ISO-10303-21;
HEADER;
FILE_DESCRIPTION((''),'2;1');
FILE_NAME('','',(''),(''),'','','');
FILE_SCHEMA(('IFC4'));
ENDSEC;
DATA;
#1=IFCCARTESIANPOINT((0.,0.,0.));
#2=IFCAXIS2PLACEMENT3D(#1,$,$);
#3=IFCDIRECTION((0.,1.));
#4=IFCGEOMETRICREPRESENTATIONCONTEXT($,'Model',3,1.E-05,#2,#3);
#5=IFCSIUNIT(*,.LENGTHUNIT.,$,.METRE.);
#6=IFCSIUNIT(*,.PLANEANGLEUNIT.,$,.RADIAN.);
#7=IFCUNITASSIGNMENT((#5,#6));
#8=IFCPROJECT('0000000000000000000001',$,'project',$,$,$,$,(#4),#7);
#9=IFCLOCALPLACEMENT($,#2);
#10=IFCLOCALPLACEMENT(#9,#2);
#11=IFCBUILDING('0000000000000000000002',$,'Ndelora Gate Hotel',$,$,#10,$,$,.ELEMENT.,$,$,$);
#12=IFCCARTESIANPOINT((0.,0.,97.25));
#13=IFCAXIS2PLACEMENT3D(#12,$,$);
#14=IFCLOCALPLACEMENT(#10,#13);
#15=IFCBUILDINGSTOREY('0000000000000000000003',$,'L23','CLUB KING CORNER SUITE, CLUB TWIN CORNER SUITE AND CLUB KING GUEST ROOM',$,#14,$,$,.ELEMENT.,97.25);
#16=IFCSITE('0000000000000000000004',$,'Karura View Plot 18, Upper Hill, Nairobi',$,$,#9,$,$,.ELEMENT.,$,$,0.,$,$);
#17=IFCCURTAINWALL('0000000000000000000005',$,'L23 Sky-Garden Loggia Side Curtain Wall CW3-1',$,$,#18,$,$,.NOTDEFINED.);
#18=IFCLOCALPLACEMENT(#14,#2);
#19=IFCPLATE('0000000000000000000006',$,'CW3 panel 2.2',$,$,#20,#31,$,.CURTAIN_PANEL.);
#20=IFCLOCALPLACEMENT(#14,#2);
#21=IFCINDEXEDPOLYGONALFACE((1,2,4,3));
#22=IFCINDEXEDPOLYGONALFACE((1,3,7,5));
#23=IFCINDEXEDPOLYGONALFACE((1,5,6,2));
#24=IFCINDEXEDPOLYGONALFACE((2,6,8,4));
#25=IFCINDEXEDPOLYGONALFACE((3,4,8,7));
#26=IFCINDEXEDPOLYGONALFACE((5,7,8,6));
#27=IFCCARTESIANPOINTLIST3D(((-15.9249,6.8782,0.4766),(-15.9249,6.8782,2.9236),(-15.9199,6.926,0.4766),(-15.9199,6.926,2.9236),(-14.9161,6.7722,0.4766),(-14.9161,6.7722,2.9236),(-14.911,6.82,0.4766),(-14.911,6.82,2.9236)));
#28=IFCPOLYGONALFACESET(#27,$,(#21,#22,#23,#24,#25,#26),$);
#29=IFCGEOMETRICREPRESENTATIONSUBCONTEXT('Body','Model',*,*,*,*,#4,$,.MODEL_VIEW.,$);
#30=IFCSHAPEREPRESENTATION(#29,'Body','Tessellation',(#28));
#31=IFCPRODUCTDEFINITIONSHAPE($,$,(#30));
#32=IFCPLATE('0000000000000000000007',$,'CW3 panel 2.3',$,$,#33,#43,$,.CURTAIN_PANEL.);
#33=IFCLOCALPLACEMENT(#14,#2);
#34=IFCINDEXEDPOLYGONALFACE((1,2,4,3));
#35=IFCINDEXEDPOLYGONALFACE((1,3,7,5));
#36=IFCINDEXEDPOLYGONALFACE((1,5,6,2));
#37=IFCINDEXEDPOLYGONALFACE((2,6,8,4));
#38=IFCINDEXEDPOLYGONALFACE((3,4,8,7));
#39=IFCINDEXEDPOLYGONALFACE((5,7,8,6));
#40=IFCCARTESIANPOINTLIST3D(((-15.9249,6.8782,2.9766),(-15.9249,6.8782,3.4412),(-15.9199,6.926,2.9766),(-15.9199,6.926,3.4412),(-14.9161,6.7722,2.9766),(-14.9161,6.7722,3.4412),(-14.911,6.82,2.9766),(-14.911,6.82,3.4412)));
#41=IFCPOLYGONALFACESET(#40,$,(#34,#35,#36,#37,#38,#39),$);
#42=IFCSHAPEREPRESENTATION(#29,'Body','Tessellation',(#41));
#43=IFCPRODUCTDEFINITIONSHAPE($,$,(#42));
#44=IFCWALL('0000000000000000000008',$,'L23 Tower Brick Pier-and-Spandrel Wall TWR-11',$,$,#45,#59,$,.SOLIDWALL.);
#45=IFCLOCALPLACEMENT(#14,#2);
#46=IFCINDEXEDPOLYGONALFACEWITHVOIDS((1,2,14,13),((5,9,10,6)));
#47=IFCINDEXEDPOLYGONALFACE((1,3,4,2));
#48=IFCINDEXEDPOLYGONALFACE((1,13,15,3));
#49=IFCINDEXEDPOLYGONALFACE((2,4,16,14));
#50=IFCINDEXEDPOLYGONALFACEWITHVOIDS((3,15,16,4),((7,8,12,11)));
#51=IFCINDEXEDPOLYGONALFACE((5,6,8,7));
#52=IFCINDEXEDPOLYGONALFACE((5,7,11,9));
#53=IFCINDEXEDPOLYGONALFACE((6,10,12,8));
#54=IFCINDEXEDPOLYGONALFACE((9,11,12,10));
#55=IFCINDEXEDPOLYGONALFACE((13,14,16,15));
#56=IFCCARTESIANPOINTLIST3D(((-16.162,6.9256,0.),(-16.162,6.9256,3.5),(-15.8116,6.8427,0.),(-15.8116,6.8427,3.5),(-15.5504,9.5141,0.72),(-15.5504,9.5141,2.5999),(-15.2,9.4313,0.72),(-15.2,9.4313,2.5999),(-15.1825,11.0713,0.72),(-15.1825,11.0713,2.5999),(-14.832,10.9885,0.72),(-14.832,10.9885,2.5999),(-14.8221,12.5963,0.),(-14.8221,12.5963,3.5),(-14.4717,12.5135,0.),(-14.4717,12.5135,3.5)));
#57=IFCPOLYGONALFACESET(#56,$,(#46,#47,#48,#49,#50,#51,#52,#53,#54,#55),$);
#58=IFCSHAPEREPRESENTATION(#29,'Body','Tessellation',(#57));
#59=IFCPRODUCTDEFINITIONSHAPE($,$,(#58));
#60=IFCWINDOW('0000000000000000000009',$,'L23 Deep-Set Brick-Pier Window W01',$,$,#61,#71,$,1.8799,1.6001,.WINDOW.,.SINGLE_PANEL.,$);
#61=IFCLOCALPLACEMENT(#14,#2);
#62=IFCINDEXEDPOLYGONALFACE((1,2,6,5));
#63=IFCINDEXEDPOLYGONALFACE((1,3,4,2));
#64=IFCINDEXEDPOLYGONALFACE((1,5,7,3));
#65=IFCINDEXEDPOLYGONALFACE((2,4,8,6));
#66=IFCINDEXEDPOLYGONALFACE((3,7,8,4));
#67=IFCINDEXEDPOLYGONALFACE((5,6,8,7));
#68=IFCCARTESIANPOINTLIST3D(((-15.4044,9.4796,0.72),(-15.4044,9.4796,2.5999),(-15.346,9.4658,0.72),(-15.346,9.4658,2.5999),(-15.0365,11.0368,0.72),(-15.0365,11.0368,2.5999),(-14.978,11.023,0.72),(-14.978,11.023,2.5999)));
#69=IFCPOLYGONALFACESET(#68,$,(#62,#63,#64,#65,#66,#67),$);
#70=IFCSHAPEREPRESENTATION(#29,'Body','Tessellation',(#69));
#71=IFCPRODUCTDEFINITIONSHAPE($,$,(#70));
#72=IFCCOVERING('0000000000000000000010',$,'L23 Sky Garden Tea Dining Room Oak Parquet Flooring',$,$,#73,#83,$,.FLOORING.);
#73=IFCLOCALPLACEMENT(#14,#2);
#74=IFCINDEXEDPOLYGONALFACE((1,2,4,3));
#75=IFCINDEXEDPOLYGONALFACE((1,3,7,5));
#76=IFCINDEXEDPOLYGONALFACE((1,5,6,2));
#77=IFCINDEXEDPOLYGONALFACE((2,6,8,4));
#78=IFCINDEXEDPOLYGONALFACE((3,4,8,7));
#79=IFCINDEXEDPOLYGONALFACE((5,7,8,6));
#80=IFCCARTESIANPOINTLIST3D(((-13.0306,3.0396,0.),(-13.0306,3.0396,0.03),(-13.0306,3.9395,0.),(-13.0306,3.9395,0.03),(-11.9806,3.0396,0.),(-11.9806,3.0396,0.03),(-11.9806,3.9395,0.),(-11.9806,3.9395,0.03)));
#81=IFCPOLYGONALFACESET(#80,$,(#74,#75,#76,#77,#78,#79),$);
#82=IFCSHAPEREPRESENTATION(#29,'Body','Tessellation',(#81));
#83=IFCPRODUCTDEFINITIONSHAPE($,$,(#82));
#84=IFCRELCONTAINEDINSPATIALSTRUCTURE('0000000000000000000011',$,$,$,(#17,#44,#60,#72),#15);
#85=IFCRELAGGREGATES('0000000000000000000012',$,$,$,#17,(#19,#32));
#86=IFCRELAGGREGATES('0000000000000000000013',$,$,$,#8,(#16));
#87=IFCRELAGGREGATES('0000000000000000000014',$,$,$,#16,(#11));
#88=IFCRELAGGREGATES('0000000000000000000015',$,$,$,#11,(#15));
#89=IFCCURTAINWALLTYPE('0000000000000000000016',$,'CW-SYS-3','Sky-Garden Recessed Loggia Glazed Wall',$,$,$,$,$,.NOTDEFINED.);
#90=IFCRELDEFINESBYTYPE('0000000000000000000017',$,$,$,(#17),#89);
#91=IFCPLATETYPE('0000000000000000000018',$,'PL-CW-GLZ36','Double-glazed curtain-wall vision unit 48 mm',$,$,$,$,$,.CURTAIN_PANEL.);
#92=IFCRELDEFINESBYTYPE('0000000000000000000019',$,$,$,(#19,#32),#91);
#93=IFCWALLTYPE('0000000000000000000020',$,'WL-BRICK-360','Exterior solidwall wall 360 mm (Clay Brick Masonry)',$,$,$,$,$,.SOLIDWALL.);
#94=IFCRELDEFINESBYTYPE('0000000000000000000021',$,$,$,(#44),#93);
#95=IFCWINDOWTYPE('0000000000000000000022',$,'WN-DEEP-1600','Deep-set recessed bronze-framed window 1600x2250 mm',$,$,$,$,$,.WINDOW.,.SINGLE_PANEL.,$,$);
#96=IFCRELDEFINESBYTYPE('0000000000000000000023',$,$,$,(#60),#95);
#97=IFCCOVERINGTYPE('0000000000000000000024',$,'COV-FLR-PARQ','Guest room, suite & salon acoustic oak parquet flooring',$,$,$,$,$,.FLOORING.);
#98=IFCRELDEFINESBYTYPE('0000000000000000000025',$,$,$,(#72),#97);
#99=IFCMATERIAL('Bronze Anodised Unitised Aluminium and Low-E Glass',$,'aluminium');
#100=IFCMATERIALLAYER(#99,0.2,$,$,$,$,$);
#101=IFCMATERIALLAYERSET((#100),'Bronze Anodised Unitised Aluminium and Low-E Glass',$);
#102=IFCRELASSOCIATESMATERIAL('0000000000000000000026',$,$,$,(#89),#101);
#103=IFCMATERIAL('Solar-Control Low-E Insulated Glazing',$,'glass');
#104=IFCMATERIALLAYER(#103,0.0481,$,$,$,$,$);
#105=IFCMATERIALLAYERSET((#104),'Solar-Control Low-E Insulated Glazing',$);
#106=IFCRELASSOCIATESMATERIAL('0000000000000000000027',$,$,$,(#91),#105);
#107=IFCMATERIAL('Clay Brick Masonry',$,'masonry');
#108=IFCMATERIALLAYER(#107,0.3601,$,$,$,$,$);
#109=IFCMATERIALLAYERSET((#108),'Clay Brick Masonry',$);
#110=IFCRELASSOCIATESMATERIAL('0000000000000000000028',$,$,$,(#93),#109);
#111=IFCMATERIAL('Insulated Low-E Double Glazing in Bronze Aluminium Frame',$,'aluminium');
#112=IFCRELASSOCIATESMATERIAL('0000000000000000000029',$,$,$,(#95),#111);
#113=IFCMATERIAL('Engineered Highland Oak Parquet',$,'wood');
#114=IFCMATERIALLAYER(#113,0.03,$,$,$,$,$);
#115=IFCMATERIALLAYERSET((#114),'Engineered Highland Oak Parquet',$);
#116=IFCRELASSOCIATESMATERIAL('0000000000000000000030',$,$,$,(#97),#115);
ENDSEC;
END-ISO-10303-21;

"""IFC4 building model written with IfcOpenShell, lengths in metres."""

from ifc_helpers import new_model, si_unit, direction, frame, frame_2d, origin, origin_2d, place, context, subcontext, project, spatial, rectangle, extrude, material, layer, layer_set, type_object, element, fill, aggregate, save


model = new_model("IFC4")

# Units and contexts
model_context = context("Model", 3, precision=1e-05, world=origin(), true_north=direction((0.0, 1.0)))
body_context = subcontext(model_context, "Body", "Model", "MODEL_VIEW")
ifc_project = project(units=[si_unit("LENGTHUNIT", "METRE"), si_unit("PLANEANGLEUNIT", "RADIAN")], contexts=[model_context])

# Site, building, storey
site_placement = place(None, origin())
site = spatial("IfcSite", under=ifc_project, at=site_placement, Name="Karura View Plot 18, Upper Hill, Nairobi", CompositionType="ELEMENT", RefElevation=0.0)
building_placement = place(site_placement, origin())
building = spatial("IfcBuilding", under=site, at=building_placement, Name="Ndelora Gate Hotel", CompositionType="ELEMENT")
storey_placement = place(building_placement, frame((0.0, 0.0, 97.25)))
storey = spatial("IfcBuildingStorey", under=building, at=storey_placement, Name="L23", Description="CLUB KING CORNER SUITE, CLUB TWIN CORNER SUITE AND CLUB KING GUEST ROOM", CompositionType="ELEMENT", Elevation=97.25)

# Curtain wall, plates
ifc_material_1 = material(Name="Bronze Anodised Unitised Aluminium and Low-E Glass", Category="aluminium")
ifc_layer_1 = layer(ifc_material_1, 0.2)
ifc_layer_set_1 = layer_set([ifc_layer_1], Name="Bronze Anodised Unitised Aluminium and Low-E Glass")
curtain_wall_type = type_object("IfcCurtainWallType", Name="CW-SYS-3", Description="Sky-Garden Recessed Loggia Glazed Wall", PredefinedType="NOTDEFINED", material=ifc_layer_set_1)
curtain_wall_placement = place(storey_placement, origin())
curtain_wall = element("IfcCurtainWall", 1, at=curtain_wall_placement, inside=storey, type_object=curtain_wall_type, Name="L23 Sky-Garden Loggia Side Curtain Wall CW3-1", PredefinedType="NOTDEFINED")
ifc_material_2 = material(Name="Solar-Control Low-E Insulated Glazing", Category="glass")
ifc_layer_2 = layer(ifc_material_2, 0.0481)
ifc_layer_set_2 = layer_set([ifc_layer_2], Name="Solar-Control Low-E Insulated Glazing")
plate_type = type_object("IfcPlateType", Name="PL-CW-GLZ36", Description="Double-glazed curtain-wall vision unit 48 mm", PredefinedType="CURTAIN_PANEL", material=ifc_layer_set_2)
plate_1_placement = place(storey_placement, frame((-15.418, 6.8491, 0.4766), z_axis=(0.0, 0.0, 1.0), x_axis=(-0.994525, 0.104503, 0.0)))
plate_1 = element("IfcPlate", 2, at=plate_1_placement, type_object=plate_type, Name="CW3 panel 2.2", PredefinedType="CURTAIN_PANEL", context=body_context, shape_type="SweptSolid", body=[
    extrude(rectangle(XDim=1.0144, YDim=0.0481, at=origin_2d()), origin(), (0.0, 0.0, 1.0), 2.447),
])
plate_2_placement = place(storey_placement, frame((-15.418, 6.8491, 2.9766), z_axis=(0.0, 0.0, 1.0), x_axis=(-0.994525, 0.104503, 0.0)))
plate_2 = element("IfcPlate", 3, at=plate_2_placement, type_object=plate_type, Name="CW3 panel 2.3", PredefinedType="CURTAIN_PANEL", context=body_context, shape_type="SweptSolid", body=[
    extrude(rectangle(XDim=1.0144, YDim=0.0481, at=origin_2d()), origin(), (0.0, 0.0, 1.0), 0.4646),
])
aggregate(curtain_wall, [plate_1, plate_2])

# Wall, opening, window
ifc_material_3 = material(Name="Clay Brick Masonry", Category="masonry")
ifc_layer_3 = layer(ifc_material_3, 0.3601)
ifc_layer_set_3 = layer_set([ifc_layer_3], Name="Clay Brick Masonry")
wall_type = type_object("IfcWallType", Name="WL-BRICK-360", Description="Exterior solidwall wall 360 mm (Clay Brick Masonry)", PredefinedType="SOLIDWALL", material=ifc_layer_set_3)
wall_placement = place(storey_placement, frame((-15.9868, 6.884, 0.0), z_axis=(0.0, 0.0, 1.0), x_axis=(0.229945, 0.973204, 0.0)))
wall = element("IfcWall", 4, at=wall_placement, inside=storey, type_object=wall_type, Name="L23 Tower Brick Pier-and-Spandrel Wall TWR-11", PredefinedType="SOLIDWALL", context=body_context, shape_type="SweptSolid", body=[
    extrude(rectangle(XDim=5.8269, YDim=0.3601, at=frame_2d((2.9136, 0.0))), origin(), (0.0, 0.0, 1.0), 3.5),
])
opening_placement = place(wall_placement, frame((2.6599, 0.0, 0.72)))
opening = element("IfcOpeningElement", 5, at=opening_placement, cuts=wall, PredefinedType="OPENING", context=body_context, shape_type="SweptSolid", body=[
    extrude(rectangle(XDim=1.6001, YDim=1.8799, at=frame_2d((0.8, 0.9399))), frame((0.0, 0.1899, 0.0), z_axis=(0.0, -1.0, 0.0), x_axis=(1.0, 0.0, 0.0)), (0.0, 0.0, 1.0), 0.3801),
])
ifc_material_4 = material(Name="Insulated Low-E Double Glazing in Bronze Aluminium Frame", Category="aluminium")
window_type = type_object("IfcWindowType", Name="WN-DEEP-1600", Description="Deep-set recessed bronze-framed window 1600x2250 mm", PartitioningType="SINGLE_PANEL", PredefinedType="WINDOW", material=ifc_material_4)
window_placement = place(opening_placement, origin())
window = element("IfcWindow", 6, at=window_placement, inside=storey, type_object=window_type, Name="L23 Deep-Set Brick-Pier Window W01", OverallHeight=1.8799, OverallWidth=1.6001, PartitioningType="SINGLE_PANEL", PredefinedType="WINDOW", context=body_context, shape_type="SweptSolid", body=[
    extrude(rectangle(XDim=1.6001, YDim=1.8799, at=frame_2d((0.8, 0.9399))), frame((0.0, 0.03, 0.0), z_axis=(0.0, -1.0, 0.0), x_axis=(1.0, 0.0, 0.0)), (0.0, 0.0, 1.0), 0.0601),
])
fill(opening, window)

# Covering
ifc_material_5 = material(Name="Engineered Highland Oak Parquet", Category="wood")
ifc_layer_4 = layer(ifc_material_5, 0.03)
ifc_layer_set_4 = layer_set([ifc_layer_4], Name="Engineered Highland Oak Parquet")
covering_type = type_object("IfcCoveringType", Name="COV-FLR-PARQ", Description="Guest room, suite & salon acoustic oak parquet flooring", PredefinedType="FLOORING", material=ifc_layer_set_4)
covering_placement = place(storey_placement, frame((-12.5056, 3.4895, 0.0), z_axis=(0.0, 0.0, 1.0), x_axis=(1.0, 0.0, 0.0)))
element("IfcCovering", 7, at=covering_placement, inside=storey, type_object=covering_type, Name="L23 Sky Garden Tea Dining Room Oak Parquet Flooring", PredefinedType="FLOORING", context=body_context, shape_type="SweptSolid", body=[
    extrude(rectangle(XDim=1.05, YDim=0.8999, at=origin_2d()), origin(), (0.0, 0.0, 1.0), 0.03),
])

save(model, "model.ifc")
